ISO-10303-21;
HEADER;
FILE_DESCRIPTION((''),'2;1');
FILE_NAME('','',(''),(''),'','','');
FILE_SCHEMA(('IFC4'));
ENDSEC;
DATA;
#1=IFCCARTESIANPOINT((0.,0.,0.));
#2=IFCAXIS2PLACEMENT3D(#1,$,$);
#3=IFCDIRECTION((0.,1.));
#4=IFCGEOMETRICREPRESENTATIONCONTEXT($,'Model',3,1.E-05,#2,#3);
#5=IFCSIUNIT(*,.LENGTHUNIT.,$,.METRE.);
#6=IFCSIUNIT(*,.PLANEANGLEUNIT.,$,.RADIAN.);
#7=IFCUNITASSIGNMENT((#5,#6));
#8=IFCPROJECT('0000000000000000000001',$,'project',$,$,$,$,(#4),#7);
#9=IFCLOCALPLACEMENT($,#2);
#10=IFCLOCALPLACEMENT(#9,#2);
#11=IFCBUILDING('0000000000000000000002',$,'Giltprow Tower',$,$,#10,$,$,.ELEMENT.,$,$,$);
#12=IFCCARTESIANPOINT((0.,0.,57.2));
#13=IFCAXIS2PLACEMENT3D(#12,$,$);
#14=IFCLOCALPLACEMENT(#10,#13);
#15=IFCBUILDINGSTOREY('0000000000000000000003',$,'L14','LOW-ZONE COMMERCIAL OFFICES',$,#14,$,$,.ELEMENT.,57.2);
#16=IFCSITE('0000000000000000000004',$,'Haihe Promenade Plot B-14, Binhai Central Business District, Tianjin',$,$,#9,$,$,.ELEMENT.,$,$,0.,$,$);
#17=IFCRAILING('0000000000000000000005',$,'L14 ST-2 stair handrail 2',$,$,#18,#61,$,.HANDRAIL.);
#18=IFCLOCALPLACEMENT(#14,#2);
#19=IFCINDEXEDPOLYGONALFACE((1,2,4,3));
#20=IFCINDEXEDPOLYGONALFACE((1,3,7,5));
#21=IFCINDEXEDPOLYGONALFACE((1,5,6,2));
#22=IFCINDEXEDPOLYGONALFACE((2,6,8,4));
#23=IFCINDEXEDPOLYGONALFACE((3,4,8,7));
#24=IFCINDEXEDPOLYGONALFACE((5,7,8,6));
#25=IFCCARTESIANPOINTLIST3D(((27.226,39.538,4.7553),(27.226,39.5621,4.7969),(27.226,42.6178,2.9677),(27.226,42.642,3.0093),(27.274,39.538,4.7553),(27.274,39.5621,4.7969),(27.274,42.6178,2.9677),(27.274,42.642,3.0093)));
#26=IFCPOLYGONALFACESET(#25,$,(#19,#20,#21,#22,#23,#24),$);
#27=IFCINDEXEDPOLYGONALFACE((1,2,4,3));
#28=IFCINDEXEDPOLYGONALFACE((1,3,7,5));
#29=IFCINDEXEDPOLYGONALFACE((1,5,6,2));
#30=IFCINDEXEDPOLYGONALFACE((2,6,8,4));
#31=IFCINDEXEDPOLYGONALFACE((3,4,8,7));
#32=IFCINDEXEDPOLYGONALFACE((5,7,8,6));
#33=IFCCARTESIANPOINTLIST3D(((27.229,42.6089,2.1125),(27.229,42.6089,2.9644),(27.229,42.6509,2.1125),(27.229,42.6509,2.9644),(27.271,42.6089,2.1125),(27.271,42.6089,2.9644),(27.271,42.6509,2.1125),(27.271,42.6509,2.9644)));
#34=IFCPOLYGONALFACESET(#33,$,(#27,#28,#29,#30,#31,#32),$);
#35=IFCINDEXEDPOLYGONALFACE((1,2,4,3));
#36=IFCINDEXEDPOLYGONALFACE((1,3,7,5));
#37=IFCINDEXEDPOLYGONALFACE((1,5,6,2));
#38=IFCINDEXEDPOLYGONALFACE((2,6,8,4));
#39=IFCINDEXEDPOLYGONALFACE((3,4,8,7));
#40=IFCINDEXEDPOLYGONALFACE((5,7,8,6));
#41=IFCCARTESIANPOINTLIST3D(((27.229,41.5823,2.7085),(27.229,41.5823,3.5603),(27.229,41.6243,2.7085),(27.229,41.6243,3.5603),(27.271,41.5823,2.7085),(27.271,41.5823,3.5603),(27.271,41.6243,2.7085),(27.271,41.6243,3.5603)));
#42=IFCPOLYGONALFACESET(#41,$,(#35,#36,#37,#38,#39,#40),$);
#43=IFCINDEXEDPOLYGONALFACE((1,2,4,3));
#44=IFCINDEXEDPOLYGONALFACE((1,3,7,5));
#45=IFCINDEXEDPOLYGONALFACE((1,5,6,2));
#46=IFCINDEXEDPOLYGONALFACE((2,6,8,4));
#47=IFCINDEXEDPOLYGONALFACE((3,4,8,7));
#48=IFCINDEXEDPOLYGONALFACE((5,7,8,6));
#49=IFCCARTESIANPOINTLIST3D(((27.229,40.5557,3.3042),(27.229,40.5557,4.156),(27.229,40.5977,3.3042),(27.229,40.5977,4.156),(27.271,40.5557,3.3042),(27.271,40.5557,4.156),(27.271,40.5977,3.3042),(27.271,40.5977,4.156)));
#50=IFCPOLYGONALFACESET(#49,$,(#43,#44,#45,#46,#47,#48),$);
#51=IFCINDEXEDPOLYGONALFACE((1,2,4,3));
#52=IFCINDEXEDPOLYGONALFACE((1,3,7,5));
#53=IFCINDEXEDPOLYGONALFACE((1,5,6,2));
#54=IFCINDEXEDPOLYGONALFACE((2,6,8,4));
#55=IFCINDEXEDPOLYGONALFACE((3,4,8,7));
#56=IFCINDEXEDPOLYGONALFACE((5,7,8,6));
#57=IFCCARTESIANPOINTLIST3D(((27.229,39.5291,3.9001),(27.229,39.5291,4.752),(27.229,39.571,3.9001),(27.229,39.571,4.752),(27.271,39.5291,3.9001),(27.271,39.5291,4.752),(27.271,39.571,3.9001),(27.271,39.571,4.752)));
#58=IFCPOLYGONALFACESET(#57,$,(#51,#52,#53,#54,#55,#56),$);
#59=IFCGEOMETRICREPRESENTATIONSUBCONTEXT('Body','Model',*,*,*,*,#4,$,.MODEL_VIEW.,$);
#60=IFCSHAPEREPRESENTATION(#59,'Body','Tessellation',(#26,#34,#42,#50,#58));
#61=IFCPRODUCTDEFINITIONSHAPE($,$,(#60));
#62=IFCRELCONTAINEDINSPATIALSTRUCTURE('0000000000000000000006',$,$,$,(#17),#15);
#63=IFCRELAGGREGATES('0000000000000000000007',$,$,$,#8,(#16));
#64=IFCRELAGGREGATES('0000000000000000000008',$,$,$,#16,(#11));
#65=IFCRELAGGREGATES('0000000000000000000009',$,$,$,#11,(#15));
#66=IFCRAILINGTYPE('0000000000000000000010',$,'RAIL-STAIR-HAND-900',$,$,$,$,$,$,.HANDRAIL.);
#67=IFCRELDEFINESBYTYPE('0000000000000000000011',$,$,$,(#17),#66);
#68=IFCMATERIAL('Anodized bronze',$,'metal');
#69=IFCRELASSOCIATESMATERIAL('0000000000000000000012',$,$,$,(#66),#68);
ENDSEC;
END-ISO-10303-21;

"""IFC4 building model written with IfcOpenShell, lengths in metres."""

from ifc_helpers import new_model, si_unit, direction, frame, origin, origin_2d, place, context, subcontext, project, spatial, rectangle, extrude, material, type_object, element, save


model = new_model("IFC4")

# Units and contexts
model_context = context("Model", 3, precision=1e-05, world=origin(), true_north=direction((0.0, 1.0)))
body_context = subcontext(model_context, "Body", "Model", "MODEL_VIEW")
ifc_project = project(units=[si_unit("LENGTHUNIT", "METRE"), si_unit("PLANEANGLEUNIT", "RADIAN")], contexts=[model_context])

# Site, building, storey
site_placement = place(None, origin())
site = spatial("IfcSite", under=ifc_project, at=site_placement, Name="Haihe Promenade Plot B-14, Binhai Central Business District, Tianjin", CompositionType="ELEMENT", RefElevation=0.0)
building_placement = place(site_placement, origin())
building = spatial("IfcBuilding", under=site, at=building_placement, Name="Giltprow Tower", CompositionType="ELEMENT")
storey_placement = place(building_placement, frame((0.0, 0.0, 57.2)))
storey = spatial("IfcBuildingStorey", under=building, at=storey_placement, Name="L14", Description="LOW-ZONE COMMERCIAL OFFICES", CompositionType="ELEMENT", Elevation=57.2)

# Railing
ifc_material_1 = material(Name="Anodized bronze", Category="metal")
railing_type_1 = type_object("IfcRailingType", Name="RAIL-STAIR-HAND-900", PredefinedType="HANDRAIL", material=ifc_material_1)
railing_1_placement = place(storey_placement, frame((27.25, 42.6299, 2.1125)))
element("IfcRailing", 1, at=railing_1_placement, inside=storey, type_object=railing_type_1, Name="L14 ST-2 stair handrail 2", PredefinedType="HANDRAIL", context=body_context, shape_type="SweptSolid", body=[
    extrude(rectangle(XDim=0.0481, YDim=0.0481, at=origin_2d()), frame((0.0, 0.0, 0.876), z_axis=(0.0, -0.864873, 0.50199), x_axis=(1.0, 0.0, 0.0)), (0.0, 0.0, 1.0), 3.561),
    extrude(rectangle(XDim=0.042, YDim=0.042, at=origin_2d()), origin(), (0.0, 0.0, 1.0), 0.8518),
    extrude(rectangle(XDim=0.042, YDim=0.042, at=origin_2d()), frame((0.0, -1.0266, 0.5959)), (0.0, 0.0, 1.0), 0.8518),
    extrude(rectangle(XDim=0.042, YDim=0.042, at=origin_2d()), frame((0.0, -2.0532, 1.1917)), (0.0, 0.0, 1.0), 0.8518),
    extrude(rectangle(XDim=0.042, YDim=0.042, at=origin_2d()), frame((0.0, -3.0798, 1.7876)), (0.0, 0.0, 1.0), 0.8518),
])

save(model, "model.ifc")
